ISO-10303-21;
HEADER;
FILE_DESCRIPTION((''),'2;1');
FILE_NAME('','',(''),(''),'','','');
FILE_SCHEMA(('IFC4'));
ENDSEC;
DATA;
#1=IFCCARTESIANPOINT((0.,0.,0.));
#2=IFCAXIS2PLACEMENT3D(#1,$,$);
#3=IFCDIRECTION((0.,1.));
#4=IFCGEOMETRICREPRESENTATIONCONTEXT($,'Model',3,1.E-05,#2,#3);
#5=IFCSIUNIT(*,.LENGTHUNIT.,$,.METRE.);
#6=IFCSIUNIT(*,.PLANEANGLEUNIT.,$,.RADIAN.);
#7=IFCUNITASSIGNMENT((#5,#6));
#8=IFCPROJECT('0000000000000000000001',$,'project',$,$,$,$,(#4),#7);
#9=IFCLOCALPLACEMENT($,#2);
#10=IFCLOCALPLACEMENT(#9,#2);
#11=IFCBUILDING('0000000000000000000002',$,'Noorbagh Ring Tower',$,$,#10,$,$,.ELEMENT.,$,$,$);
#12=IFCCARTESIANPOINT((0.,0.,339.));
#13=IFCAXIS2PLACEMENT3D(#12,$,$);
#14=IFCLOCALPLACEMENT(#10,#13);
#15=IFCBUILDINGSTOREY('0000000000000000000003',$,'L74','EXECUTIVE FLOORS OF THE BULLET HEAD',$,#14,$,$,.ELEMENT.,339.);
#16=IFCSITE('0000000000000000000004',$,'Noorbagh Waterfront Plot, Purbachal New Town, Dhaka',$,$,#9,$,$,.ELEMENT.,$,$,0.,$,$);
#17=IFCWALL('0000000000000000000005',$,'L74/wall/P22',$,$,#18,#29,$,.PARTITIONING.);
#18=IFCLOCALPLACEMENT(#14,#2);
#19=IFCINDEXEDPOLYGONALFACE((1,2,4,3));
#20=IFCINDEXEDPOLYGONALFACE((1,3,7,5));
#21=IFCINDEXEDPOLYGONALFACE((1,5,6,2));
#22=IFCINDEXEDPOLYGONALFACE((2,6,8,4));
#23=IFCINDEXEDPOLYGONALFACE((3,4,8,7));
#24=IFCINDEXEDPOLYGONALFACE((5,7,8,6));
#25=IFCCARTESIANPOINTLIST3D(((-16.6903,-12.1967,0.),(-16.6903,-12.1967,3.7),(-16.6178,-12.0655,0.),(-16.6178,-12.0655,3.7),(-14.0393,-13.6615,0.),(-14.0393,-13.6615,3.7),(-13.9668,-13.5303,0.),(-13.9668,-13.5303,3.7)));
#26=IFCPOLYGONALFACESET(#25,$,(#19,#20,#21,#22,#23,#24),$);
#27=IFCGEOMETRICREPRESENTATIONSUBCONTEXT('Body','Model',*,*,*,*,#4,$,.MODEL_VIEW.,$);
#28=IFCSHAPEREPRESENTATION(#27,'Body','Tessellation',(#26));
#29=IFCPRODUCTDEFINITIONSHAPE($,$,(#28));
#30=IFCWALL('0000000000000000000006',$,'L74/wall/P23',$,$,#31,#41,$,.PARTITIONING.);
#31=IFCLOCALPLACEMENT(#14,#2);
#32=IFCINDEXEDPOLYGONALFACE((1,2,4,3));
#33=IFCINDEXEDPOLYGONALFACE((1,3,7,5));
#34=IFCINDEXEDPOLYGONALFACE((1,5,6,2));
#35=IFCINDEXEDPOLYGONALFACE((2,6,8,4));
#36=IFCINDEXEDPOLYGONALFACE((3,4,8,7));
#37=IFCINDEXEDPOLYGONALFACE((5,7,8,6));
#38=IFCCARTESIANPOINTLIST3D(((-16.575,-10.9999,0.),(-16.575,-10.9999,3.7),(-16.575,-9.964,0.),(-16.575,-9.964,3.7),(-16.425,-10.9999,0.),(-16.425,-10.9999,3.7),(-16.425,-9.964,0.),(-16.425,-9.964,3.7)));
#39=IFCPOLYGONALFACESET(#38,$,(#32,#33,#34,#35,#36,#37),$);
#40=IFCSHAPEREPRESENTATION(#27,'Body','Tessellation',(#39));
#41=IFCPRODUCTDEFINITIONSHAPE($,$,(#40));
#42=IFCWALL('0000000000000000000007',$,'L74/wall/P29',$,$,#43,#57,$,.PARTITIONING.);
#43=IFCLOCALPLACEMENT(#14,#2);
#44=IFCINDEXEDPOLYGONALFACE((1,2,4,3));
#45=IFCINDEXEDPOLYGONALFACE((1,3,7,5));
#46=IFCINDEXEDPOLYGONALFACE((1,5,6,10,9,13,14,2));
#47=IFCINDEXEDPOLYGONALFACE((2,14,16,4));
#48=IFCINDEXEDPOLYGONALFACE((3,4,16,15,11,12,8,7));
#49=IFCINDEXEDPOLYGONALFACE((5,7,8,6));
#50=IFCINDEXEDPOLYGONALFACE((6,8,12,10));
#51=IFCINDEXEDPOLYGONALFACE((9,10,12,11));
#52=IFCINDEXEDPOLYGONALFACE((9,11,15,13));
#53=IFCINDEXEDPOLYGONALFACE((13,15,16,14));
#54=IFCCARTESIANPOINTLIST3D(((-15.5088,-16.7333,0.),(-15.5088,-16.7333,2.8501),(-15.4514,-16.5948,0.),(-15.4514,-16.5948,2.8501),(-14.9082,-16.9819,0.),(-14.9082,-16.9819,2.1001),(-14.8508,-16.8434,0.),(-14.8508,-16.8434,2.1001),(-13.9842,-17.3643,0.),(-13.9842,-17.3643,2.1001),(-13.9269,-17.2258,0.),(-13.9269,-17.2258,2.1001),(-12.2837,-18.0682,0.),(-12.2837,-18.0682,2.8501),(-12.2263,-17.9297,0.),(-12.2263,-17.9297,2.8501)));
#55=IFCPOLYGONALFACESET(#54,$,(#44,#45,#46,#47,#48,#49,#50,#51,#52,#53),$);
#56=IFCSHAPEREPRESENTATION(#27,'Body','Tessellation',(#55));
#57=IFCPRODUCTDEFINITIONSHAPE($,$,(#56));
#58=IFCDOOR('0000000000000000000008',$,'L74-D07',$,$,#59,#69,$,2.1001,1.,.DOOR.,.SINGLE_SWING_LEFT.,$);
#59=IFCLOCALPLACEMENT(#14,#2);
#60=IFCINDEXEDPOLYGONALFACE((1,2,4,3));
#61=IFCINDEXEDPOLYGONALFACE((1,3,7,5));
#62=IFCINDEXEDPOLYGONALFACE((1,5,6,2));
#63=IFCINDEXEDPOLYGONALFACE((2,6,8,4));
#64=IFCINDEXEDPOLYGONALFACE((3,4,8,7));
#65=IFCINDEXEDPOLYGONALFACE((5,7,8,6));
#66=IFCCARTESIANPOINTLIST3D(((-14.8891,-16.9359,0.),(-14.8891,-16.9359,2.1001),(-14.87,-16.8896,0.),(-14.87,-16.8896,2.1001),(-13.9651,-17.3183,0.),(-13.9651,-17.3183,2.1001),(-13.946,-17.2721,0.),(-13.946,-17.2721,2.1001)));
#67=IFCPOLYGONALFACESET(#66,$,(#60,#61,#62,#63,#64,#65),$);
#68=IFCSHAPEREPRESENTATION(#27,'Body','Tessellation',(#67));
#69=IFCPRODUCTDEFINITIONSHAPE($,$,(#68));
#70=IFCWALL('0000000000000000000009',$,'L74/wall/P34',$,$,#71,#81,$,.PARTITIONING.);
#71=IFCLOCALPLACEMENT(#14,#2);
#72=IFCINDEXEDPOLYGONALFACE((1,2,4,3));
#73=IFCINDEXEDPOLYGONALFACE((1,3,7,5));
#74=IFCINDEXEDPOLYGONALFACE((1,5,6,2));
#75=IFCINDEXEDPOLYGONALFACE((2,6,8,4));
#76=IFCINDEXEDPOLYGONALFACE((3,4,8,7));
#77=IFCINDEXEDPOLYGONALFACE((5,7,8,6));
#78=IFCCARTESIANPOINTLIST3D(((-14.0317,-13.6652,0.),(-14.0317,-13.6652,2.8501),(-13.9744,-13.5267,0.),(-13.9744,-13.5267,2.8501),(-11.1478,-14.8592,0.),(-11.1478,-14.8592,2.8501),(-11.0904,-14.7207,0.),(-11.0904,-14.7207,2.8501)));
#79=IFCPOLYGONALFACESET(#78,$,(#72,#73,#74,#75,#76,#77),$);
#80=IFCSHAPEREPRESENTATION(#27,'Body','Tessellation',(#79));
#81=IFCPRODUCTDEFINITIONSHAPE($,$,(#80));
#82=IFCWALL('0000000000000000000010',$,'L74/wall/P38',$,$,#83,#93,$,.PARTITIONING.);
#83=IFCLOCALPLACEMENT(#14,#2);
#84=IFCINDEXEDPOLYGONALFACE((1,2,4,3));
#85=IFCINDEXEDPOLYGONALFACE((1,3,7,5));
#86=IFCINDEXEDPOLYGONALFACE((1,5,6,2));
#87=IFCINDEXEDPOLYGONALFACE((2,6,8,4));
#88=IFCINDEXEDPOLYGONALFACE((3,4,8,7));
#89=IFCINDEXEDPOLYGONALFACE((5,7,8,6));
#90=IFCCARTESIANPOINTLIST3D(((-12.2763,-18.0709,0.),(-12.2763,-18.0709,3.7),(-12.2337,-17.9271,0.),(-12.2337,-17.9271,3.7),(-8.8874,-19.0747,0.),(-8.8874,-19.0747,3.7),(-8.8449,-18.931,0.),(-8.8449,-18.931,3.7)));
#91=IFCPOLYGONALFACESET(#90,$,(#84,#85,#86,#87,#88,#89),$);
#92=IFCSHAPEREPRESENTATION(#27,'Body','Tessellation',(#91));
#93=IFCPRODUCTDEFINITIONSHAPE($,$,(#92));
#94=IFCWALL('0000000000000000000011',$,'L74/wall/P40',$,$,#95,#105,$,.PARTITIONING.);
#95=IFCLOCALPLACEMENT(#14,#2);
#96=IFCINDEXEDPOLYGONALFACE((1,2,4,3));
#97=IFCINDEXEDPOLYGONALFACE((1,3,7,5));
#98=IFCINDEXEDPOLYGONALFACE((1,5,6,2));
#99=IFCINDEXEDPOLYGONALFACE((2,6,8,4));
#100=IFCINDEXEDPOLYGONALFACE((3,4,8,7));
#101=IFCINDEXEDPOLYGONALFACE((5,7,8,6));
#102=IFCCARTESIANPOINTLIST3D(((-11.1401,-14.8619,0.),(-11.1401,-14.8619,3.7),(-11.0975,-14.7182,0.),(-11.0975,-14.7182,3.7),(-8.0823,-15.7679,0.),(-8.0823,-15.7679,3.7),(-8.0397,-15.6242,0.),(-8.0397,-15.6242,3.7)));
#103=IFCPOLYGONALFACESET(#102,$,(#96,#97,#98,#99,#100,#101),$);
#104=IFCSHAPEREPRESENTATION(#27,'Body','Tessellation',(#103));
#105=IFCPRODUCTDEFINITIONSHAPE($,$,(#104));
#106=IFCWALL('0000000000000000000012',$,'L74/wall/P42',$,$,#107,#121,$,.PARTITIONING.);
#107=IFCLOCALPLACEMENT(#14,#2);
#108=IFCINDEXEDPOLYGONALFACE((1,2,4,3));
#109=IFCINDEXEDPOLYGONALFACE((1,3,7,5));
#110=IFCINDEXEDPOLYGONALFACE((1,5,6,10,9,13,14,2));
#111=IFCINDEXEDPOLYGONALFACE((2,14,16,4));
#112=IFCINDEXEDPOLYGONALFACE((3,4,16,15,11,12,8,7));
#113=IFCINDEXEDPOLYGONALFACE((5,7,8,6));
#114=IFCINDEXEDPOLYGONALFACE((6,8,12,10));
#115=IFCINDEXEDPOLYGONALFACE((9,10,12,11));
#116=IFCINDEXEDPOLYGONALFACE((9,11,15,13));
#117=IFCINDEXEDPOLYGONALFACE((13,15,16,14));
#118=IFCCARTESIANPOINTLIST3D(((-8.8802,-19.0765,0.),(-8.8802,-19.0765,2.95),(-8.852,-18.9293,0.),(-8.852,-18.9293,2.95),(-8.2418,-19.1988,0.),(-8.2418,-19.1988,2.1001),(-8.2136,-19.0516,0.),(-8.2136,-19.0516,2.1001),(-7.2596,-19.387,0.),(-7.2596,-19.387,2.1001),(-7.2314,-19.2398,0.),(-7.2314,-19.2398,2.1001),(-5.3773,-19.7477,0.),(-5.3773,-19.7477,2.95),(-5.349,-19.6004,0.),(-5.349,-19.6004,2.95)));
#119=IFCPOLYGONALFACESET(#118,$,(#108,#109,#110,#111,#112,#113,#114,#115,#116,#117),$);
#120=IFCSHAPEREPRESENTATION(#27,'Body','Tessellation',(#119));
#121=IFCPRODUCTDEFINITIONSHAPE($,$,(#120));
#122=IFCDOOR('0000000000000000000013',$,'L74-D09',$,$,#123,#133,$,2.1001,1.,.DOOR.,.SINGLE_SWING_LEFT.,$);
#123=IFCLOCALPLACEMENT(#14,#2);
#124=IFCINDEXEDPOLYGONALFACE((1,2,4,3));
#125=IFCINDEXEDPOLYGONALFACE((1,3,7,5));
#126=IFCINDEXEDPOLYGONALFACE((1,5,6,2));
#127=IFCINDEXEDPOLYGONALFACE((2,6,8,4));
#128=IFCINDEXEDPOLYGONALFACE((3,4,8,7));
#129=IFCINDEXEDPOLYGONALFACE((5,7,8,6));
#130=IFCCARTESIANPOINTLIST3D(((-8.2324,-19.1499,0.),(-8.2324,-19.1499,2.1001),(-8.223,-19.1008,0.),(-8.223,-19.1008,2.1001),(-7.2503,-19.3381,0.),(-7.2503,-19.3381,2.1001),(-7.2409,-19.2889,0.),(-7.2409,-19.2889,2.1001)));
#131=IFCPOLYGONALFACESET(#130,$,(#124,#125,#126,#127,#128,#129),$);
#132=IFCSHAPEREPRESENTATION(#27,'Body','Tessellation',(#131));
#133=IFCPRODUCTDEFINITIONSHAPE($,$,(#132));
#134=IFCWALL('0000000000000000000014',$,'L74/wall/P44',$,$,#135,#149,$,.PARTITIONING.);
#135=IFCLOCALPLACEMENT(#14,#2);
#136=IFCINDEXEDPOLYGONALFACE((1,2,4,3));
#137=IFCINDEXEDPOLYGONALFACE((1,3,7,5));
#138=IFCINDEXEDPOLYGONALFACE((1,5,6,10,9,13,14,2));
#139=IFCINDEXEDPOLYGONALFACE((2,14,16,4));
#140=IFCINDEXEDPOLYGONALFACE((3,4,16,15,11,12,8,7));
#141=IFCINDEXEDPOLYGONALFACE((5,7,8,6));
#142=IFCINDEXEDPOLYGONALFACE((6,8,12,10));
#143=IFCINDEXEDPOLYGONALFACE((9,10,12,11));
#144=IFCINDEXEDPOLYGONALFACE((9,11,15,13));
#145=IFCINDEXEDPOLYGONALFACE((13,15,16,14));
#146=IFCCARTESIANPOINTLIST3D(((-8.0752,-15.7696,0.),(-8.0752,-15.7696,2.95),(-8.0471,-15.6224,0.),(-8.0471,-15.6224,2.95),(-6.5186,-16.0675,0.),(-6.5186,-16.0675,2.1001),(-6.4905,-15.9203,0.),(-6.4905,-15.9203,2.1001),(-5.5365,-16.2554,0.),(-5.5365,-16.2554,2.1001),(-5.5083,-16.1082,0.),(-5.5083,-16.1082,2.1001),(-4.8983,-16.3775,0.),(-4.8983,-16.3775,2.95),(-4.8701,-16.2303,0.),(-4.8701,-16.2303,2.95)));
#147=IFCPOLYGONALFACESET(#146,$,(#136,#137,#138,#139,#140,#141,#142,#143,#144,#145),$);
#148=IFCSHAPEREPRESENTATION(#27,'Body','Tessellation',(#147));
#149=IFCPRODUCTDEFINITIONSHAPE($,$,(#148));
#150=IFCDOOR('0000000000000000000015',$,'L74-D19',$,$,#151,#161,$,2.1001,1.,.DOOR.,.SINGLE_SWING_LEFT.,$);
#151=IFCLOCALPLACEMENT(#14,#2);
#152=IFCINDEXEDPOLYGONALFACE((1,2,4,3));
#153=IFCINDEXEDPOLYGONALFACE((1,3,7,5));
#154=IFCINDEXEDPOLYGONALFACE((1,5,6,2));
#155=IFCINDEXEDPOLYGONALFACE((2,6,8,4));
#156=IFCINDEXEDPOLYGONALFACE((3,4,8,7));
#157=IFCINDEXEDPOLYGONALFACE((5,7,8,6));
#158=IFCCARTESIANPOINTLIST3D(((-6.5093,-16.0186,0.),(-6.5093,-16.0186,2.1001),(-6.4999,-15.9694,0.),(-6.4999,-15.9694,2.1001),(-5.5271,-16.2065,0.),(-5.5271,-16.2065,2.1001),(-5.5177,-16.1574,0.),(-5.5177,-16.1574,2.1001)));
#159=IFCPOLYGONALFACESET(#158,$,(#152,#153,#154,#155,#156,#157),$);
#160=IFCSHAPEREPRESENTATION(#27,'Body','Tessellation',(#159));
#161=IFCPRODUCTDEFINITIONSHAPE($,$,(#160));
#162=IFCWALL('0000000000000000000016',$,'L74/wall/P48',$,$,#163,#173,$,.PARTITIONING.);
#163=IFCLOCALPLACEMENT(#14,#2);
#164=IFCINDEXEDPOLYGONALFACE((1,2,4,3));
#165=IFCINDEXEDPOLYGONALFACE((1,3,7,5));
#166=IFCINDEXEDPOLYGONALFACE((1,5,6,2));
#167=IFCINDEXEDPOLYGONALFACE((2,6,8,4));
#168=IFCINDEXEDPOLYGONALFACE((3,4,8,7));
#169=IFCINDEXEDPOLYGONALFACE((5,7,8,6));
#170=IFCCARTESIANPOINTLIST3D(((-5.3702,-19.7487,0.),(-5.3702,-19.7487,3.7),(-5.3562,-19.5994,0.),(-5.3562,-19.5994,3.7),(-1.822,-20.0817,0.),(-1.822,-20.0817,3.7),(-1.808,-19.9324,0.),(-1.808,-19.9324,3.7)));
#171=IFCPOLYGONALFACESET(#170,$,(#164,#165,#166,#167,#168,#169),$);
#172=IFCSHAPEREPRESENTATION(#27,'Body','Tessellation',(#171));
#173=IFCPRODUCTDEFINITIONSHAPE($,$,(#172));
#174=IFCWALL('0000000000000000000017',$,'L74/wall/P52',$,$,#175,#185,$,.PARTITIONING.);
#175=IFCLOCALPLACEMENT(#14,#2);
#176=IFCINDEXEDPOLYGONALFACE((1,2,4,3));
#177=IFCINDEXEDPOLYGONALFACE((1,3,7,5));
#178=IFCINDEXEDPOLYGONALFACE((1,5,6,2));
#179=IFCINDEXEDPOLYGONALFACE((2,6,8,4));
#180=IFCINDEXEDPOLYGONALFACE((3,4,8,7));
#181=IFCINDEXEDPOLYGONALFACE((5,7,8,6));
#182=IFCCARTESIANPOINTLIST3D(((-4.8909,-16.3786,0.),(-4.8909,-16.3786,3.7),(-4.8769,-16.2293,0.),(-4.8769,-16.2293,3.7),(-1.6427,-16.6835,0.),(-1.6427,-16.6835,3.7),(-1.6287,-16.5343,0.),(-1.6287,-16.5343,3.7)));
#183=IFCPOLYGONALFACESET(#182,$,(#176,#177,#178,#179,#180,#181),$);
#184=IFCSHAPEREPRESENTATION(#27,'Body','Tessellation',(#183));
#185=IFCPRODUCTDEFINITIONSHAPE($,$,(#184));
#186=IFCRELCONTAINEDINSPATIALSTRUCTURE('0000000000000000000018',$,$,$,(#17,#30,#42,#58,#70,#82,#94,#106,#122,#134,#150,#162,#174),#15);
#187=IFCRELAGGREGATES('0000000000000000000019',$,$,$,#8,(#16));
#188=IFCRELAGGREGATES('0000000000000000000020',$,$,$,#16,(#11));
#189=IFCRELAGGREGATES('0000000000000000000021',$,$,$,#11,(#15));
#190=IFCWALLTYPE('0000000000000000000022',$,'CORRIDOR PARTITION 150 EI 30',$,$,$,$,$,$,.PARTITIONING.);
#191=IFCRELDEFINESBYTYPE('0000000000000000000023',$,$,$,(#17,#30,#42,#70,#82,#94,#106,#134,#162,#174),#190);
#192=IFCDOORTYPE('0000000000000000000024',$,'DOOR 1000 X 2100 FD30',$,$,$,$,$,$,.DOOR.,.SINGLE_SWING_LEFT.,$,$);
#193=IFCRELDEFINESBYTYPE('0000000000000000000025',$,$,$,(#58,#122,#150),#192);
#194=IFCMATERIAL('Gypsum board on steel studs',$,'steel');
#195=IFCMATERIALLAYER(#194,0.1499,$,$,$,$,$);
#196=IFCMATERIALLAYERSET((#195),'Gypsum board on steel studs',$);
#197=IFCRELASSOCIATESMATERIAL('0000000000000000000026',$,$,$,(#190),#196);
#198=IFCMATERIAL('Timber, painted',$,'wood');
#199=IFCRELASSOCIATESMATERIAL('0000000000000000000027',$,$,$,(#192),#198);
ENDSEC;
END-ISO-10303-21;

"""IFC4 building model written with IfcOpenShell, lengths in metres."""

from ifc_helpers import new_model, si_unit, direction, frame, frame_2d, origin, place, context, subcontext, project, spatial, rectangle, extrude, material, layer, layer_set, type_object, element, fill, save


model = new_model("IFC4")

# Units and contexts
model_context = context("Model", 3, precision=1e-05, world=origin(), true_north=direction((0.0, 1.0)))
body_context = subcontext(model_context, "Body", "Model", "MODEL_VIEW")
ifc_project = project(units=[si_unit("LENGTHUNIT", "METRE"), si_unit("PLANEANGLEUNIT", "RADIAN")], contexts=[model_context])

# Site, building, storey
site_placement = place(None, origin())
site = spatial("IfcSite", under=ifc_project, at=site_placement, Name="Noorbagh Waterfront Plot, Purbachal New Town, Dhaka", CompositionType="ELEMENT", RefElevation=0.0)
building_placement = place(site_placement, origin())
building = spatial("IfcBuilding", under=site, at=building_placement, Name="Noorbagh Ring Tower", CompositionType="ELEMENT")
storey_placement = place(building_placement, frame((0.0, 0.0, 339.0)))
storey = spatial("IfcBuildingStorey", under=building, at=storey_placement, Name="L74", Description="EXECUTIVE FLOORS OF THE BULLET HEAD", CompositionType="ELEMENT", Elevation=339.0)

# Walls
ifc_material_1 = material(Name="Gypsum board on steel studs", Category="steel")
ifc_layer_1 = layer(ifc_material_1, 0.1499)
ifc_layer_set_1 = layer_set([ifc_layer_1], Name="Gypsum board on steel studs")
wall_type_1 = type_object("IfcWallType", Name="CORRIDOR PARTITION 150 EI 30", PredefinedType="PARTITIONING", material=ifc_layer_set_1)
wall_1_placement = place(storey_placement, frame((-16.6541, -12.1311, 0.0), z_axis=(0.0, 0.0, 1.0), x_axis=(0.875277, -0.483623, 0.0)))
element("IfcWall", 1, at=wall_1_placement, inside=storey, type_object=wall_type_1, Name="L74/wall/P22", PredefinedType="PARTITIONING", context=body_context, shape_type="SweptSolid", body=[
    extrude(rectangle(XDim=3.0288, YDim=0.1499, at=frame_2d((1.5144, 0.0))), origin(), (0.0, 0.0, 1.0), 3.7),
])
wall_2_placement = place(storey_placement, frame((-16.5, -11.0, 0.0), z_axis=(0.0, 0.0, 1.0), x_axis=(0.0, 1.0, 0.0)))
element("IfcWall", 2, at=wall_2_placement, inside=storey, type_object=wall_type_1, Name="L74/wall/P23", PredefinedType="PARTITIONING", context=body_context, shape_type="SweptSolid", body=[
    extrude(rectangle(XDim=1.0359, YDim=0.1499, at=frame_2d((0.5181, 0.0))), origin(), (0.0, 0.0, 1.0), 3.7),
])

# Wall, opening, door
wall_3_placement = place(storey_placement, frame((-15.48, -16.6641, 0.0), z_axis=(0.0, 0.0, 1.0), x_axis=(0.923973, -0.382459, 0.0)))
wall_3 = element("IfcWall", 3, at=wall_3_placement, inside=storey, type_object=wall_type_1, Name="L74/wall/P29", PredefinedType="PARTITIONING", context=body_context, shape_type="SweptSolid", body=[
    extrude(rectangle(XDim=3.4905, YDim=0.1499, at=frame_2d((1.7451, 0.0))), origin(), (0.0, 0.0, 1.0), 2.8501),
])
opening_1_placement = place(wall_3_placement, frame((0.6499, 0.0, 0.0)))
opening_1 = element("IfcOpeningElement", 4, at=opening_1_placement, cuts=wall_3, PredefinedType="OPENING", context=body_context, shape_type="SweptSolid", body=[
    extrude(rectangle(XDim=1.0, YDim=2.1001, at=frame_2d((0.5, 1.05))), frame((0.0, 0.085, 0.0), z_axis=(0.0, -1.0, 0.0), x_axis=(1.0, 0.0, 0.0)), (0.0, 0.0, 1.0), 0.1699),
])
ifc_material_2 = material(Name="Timber, painted", Category="wood")
door_type = type_object("IfcDoorType", Name="DOOR 1000 X 2100 FD30", OperationType="SINGLE_SWING_LEFT", PredefinedType="DOOR", material=ifc_material_2)
door_1_placement = place(opening_1_placement, origin())
door_1 = element("IfcDoor", 5, at=door_1_placement, inside=storey, type_object=door_type, Name="L74-D07", OperationType="SINGLE_SWING_LEFT", OverallHeight=2.1001, OverallWidth=1.0, PredefinedType="DOOR", context=body_context, shape_type="SweptSolid", body=[
    extrude(rectangle(XDim=1.0, YDim=2.1001, at=frame_2d((0.5, 1.05))), frame((0.0, 0.0249, 0.0), z_axis=(0.0, -1.0, 0.0), x_axis=(1.0, 0.0, 0.0)), (0.0, 0.0, 1.0), 0.05),
])
fill(opening_1, door_1)

# Walls
wall_4_placement = place(storey_placement, frame((-14.0029, -13.5959, 0.0), z_axis=(0.0, 0.0, 1.0), x_axis=(0.923938, -0.382543, 0.0)))
element("IfcWall", 6, at=wall_4_placement, inside=storey, type_object=wall_type_1, Name="L74/wall/P34", PredefinedType="PARTITIONING", context=body_context, shape_type="SweptSolid", body=[
    extrude(rectangle(XDim=3.1213, YDim=0.1499, at=frame_2d((1.5605, 0.0))), origin(), (0.0, 0.0, 1.0), 2.8501),
])
wall_5_placement = place(storey_placement, frame((-12.2549, -17.999, 0.0), z_axis=(0.0, 0.0, 1.0), x_axis=(0.958815, -0.284032, 0.0)))
element("IfcWall", 7, at=wall_5_placement, inside=storey, type_object=wall_type_1, Name="L74/wall/P38", PredefinedType="PARTITIONING", context=body_context, shape_type="SweptSolid", body=[
    extrude(rectangle(XDim=3.5344, YDim=0.1499, at=frame_2d((1.7671, 0.0))), origin(), (0.0, 0.0, 1.0), 3.7),
])
wall_6_placement = place(storey_placement, frame((-11.1189, -14.79, 0.0), z_axis=(0.0, 0.0, 1.0), x_axis=(0.9588, -0.284081, 0.0)))
element("IfcWall", 8, at=wall_6_placement, inside=storey, type_object=wall_type_1, Name="L74/wall/P40", PredefinedType="PARTITIONING", context=body_context, shape_type="SweptSolid", body=[
    extrude(rectangle(XDim=3.1892, YDim=0.1499, at=frame_2d((1.5947, 0.0))), origin(), (0.0, 0.0, 1.0), 3.7),
])

# Walls, openings, doors
wall_7_placement = place(storey_placement, frame((-8.866, -19.0029, 0.0), z_axis=(0.0, 0.0, 1.0), x_axis=(0.982136, -0.188172, 0.0)))
wall_7 = element("IfcWall", 9, at=wall_7_placement, inside=storey, type_object=wall_type_1, Name="L74/wall/P42", PredefinedType="PARTITIONING", context=body_context, shape_type="SweptSolid", body=[
    extrude(rectangle(XDim=3.5667, YDim=0.1499, at=frame_2d((1.7832, 0.0))), origin(), (0.0, 0.0, 1.0), 2.95),
])
opening_2_placement = place(wall_7_placement, frame((0.6499, 0.0, 0.0)))
opening_2 = element("IfcOpeningElement", 10, at=opening_2_placement, cuts=wall_7, PredefinedType="OPENING", context=body_context, shape_type="SweptSolid", body=[
    extrude(rectangle(XDim=1.0, YDim=2.1001, at=frame_2d((0.5, 1.05))), frame((0.0, 0.085, 0.0), z_axis=(0.0, -1.0, 0.0), x_axis=(1.0, 0.0, 0.0)), (0.0, 0.0, 1.0), 0.1699),
])
door_2_placement = place(opening_2_placement, origin())
door_2 = element("IfcDoor", 11, at=door_2_placement, inside=storey, type_object=door_type, Name="L74-D09", OperationType="SINGLE_SWING_LEFT", OverallHeight=2.1001, OverallWidth=1.0, PredefinedType="DOOR", context=body_context, shape_type="SweptSolid", body=[
    extrude(rectangle(XDim=1.0, YDim=2.1001, at=frame_2d((0.5, 1.05))), frame((0.0, 0.0249, 0.0), z_axis=(0.0, -1.0, 0.0), x_axis=(1.0, 0.0, 0.0)), (0.0, 0.0, 1.0), 0.05),
])
fill(opening_2, door_2)
wall_8_placement = place(storey_placement, frame((-8.061, -15.696, 0.0), z_axis=(0.0, 0.0, 1.0), x_axis=(0.982181, -0.187937, 0.0)))
wall_8 = element("IfcWall", 12, at=wall_8_placement, inside=storey, type_object=wall_type_1, Name="L74/wall/P44", PredefinedType="PARTITIONING", context=body_context, shape_type="SweptSolid", body=[
    extrude(rectangle(XDim=3.2346, YDim=0.1499, at=frame_2d((1.6172, 0.0))), origin(), (0.0, 0.0, 1.0), 2.95),
])
opening_3_placement = place(wall_8_placement, frame((1.5847, 0.0, 0.0)))
opening_3 = element("IfcOpeningElement", 13, at=opening_3_placement, cuts=wall_8, PredefinedType="OPENING", context=body_context, shape_type="SweptSolid", body=[
    extrude(rectangle(XDim=1.0, YDim=2.1001, at=frame_2d((0.5, 1.05))), frame((0.0, 0.085, 0.0), z_axis=(0.0, -1.0, 0.0), x_axis=(1.0, 0.0, 0.0)), (0.0, 0.0, 1.0), 0.1699),
])
door_3_placement = place(opening_3_placement, origin())
door_3 = element("IfcDoor", 14, at=door_3_placement, inside=storey, type_object=door_type, Name="L74-D19", OperationType="SINGLE_SWING_LEFT", OverallHeight=2.1001, OverallWidth=1.0, PredefinedType="DOOR", context=body_context, shape_type="SweptSolid", body=[
    extrude(rectangle(XDim=1.0, YDim=2.1001, at=frame_2d((0.5, 1.05))), frame((0.0, 0.0249, 0.0), z_axis=(0.0, -1.0, 0.0), x_axis=(1.0, 0.0, 0.0)), (0.0, 0.0, 1.0), 0.05),
])
fill(opening_3, door_3)

# Walls
wall_9_placement = place(storey_placement, frame((-5.363, -19.6741, 0.0), z_axis=(0.0, 0.0, 1.0), x_axis=(0.995624, -0.093445, 0.0)))
element("IfcWall", 15, at=wall_9_placement, inside=storey, type_object=wall_type_1, Name="L74/wall/P48", PredefinedType="PARTITIONING", context=body_context, shape_type="SweptSolid", body=[
    extrude(rectangle(XDim=3.5637, YDim=0.1499, at=frame_2d((1.7817, 0.0))), origin(), (0.0, 0.0, 1.0), 3.7),
])
wall_10_placement = place(storey_placement, frame((-4.884, -16.304, 0.0), z_axis=(0.0, 0.0, 1.0), x_axis=(0.995622, -0.093471, 0.0)))
element("IfcWall", 16, at=wall_10_placement, inside=storey, type_object=wall_type_1, Name="L74/wall/P52", PredefinedType="PARTITIONING", context=body_context, shape_type="SweptSolid", body=[
    extrude(rectangle(XDim=3.2625, YDim=0.1499, at=frame_2d((1.6313, 0.0))), origin(), (0.0, 0.0, 1.0), 3.7),
])

save(model, "model.ifc")
